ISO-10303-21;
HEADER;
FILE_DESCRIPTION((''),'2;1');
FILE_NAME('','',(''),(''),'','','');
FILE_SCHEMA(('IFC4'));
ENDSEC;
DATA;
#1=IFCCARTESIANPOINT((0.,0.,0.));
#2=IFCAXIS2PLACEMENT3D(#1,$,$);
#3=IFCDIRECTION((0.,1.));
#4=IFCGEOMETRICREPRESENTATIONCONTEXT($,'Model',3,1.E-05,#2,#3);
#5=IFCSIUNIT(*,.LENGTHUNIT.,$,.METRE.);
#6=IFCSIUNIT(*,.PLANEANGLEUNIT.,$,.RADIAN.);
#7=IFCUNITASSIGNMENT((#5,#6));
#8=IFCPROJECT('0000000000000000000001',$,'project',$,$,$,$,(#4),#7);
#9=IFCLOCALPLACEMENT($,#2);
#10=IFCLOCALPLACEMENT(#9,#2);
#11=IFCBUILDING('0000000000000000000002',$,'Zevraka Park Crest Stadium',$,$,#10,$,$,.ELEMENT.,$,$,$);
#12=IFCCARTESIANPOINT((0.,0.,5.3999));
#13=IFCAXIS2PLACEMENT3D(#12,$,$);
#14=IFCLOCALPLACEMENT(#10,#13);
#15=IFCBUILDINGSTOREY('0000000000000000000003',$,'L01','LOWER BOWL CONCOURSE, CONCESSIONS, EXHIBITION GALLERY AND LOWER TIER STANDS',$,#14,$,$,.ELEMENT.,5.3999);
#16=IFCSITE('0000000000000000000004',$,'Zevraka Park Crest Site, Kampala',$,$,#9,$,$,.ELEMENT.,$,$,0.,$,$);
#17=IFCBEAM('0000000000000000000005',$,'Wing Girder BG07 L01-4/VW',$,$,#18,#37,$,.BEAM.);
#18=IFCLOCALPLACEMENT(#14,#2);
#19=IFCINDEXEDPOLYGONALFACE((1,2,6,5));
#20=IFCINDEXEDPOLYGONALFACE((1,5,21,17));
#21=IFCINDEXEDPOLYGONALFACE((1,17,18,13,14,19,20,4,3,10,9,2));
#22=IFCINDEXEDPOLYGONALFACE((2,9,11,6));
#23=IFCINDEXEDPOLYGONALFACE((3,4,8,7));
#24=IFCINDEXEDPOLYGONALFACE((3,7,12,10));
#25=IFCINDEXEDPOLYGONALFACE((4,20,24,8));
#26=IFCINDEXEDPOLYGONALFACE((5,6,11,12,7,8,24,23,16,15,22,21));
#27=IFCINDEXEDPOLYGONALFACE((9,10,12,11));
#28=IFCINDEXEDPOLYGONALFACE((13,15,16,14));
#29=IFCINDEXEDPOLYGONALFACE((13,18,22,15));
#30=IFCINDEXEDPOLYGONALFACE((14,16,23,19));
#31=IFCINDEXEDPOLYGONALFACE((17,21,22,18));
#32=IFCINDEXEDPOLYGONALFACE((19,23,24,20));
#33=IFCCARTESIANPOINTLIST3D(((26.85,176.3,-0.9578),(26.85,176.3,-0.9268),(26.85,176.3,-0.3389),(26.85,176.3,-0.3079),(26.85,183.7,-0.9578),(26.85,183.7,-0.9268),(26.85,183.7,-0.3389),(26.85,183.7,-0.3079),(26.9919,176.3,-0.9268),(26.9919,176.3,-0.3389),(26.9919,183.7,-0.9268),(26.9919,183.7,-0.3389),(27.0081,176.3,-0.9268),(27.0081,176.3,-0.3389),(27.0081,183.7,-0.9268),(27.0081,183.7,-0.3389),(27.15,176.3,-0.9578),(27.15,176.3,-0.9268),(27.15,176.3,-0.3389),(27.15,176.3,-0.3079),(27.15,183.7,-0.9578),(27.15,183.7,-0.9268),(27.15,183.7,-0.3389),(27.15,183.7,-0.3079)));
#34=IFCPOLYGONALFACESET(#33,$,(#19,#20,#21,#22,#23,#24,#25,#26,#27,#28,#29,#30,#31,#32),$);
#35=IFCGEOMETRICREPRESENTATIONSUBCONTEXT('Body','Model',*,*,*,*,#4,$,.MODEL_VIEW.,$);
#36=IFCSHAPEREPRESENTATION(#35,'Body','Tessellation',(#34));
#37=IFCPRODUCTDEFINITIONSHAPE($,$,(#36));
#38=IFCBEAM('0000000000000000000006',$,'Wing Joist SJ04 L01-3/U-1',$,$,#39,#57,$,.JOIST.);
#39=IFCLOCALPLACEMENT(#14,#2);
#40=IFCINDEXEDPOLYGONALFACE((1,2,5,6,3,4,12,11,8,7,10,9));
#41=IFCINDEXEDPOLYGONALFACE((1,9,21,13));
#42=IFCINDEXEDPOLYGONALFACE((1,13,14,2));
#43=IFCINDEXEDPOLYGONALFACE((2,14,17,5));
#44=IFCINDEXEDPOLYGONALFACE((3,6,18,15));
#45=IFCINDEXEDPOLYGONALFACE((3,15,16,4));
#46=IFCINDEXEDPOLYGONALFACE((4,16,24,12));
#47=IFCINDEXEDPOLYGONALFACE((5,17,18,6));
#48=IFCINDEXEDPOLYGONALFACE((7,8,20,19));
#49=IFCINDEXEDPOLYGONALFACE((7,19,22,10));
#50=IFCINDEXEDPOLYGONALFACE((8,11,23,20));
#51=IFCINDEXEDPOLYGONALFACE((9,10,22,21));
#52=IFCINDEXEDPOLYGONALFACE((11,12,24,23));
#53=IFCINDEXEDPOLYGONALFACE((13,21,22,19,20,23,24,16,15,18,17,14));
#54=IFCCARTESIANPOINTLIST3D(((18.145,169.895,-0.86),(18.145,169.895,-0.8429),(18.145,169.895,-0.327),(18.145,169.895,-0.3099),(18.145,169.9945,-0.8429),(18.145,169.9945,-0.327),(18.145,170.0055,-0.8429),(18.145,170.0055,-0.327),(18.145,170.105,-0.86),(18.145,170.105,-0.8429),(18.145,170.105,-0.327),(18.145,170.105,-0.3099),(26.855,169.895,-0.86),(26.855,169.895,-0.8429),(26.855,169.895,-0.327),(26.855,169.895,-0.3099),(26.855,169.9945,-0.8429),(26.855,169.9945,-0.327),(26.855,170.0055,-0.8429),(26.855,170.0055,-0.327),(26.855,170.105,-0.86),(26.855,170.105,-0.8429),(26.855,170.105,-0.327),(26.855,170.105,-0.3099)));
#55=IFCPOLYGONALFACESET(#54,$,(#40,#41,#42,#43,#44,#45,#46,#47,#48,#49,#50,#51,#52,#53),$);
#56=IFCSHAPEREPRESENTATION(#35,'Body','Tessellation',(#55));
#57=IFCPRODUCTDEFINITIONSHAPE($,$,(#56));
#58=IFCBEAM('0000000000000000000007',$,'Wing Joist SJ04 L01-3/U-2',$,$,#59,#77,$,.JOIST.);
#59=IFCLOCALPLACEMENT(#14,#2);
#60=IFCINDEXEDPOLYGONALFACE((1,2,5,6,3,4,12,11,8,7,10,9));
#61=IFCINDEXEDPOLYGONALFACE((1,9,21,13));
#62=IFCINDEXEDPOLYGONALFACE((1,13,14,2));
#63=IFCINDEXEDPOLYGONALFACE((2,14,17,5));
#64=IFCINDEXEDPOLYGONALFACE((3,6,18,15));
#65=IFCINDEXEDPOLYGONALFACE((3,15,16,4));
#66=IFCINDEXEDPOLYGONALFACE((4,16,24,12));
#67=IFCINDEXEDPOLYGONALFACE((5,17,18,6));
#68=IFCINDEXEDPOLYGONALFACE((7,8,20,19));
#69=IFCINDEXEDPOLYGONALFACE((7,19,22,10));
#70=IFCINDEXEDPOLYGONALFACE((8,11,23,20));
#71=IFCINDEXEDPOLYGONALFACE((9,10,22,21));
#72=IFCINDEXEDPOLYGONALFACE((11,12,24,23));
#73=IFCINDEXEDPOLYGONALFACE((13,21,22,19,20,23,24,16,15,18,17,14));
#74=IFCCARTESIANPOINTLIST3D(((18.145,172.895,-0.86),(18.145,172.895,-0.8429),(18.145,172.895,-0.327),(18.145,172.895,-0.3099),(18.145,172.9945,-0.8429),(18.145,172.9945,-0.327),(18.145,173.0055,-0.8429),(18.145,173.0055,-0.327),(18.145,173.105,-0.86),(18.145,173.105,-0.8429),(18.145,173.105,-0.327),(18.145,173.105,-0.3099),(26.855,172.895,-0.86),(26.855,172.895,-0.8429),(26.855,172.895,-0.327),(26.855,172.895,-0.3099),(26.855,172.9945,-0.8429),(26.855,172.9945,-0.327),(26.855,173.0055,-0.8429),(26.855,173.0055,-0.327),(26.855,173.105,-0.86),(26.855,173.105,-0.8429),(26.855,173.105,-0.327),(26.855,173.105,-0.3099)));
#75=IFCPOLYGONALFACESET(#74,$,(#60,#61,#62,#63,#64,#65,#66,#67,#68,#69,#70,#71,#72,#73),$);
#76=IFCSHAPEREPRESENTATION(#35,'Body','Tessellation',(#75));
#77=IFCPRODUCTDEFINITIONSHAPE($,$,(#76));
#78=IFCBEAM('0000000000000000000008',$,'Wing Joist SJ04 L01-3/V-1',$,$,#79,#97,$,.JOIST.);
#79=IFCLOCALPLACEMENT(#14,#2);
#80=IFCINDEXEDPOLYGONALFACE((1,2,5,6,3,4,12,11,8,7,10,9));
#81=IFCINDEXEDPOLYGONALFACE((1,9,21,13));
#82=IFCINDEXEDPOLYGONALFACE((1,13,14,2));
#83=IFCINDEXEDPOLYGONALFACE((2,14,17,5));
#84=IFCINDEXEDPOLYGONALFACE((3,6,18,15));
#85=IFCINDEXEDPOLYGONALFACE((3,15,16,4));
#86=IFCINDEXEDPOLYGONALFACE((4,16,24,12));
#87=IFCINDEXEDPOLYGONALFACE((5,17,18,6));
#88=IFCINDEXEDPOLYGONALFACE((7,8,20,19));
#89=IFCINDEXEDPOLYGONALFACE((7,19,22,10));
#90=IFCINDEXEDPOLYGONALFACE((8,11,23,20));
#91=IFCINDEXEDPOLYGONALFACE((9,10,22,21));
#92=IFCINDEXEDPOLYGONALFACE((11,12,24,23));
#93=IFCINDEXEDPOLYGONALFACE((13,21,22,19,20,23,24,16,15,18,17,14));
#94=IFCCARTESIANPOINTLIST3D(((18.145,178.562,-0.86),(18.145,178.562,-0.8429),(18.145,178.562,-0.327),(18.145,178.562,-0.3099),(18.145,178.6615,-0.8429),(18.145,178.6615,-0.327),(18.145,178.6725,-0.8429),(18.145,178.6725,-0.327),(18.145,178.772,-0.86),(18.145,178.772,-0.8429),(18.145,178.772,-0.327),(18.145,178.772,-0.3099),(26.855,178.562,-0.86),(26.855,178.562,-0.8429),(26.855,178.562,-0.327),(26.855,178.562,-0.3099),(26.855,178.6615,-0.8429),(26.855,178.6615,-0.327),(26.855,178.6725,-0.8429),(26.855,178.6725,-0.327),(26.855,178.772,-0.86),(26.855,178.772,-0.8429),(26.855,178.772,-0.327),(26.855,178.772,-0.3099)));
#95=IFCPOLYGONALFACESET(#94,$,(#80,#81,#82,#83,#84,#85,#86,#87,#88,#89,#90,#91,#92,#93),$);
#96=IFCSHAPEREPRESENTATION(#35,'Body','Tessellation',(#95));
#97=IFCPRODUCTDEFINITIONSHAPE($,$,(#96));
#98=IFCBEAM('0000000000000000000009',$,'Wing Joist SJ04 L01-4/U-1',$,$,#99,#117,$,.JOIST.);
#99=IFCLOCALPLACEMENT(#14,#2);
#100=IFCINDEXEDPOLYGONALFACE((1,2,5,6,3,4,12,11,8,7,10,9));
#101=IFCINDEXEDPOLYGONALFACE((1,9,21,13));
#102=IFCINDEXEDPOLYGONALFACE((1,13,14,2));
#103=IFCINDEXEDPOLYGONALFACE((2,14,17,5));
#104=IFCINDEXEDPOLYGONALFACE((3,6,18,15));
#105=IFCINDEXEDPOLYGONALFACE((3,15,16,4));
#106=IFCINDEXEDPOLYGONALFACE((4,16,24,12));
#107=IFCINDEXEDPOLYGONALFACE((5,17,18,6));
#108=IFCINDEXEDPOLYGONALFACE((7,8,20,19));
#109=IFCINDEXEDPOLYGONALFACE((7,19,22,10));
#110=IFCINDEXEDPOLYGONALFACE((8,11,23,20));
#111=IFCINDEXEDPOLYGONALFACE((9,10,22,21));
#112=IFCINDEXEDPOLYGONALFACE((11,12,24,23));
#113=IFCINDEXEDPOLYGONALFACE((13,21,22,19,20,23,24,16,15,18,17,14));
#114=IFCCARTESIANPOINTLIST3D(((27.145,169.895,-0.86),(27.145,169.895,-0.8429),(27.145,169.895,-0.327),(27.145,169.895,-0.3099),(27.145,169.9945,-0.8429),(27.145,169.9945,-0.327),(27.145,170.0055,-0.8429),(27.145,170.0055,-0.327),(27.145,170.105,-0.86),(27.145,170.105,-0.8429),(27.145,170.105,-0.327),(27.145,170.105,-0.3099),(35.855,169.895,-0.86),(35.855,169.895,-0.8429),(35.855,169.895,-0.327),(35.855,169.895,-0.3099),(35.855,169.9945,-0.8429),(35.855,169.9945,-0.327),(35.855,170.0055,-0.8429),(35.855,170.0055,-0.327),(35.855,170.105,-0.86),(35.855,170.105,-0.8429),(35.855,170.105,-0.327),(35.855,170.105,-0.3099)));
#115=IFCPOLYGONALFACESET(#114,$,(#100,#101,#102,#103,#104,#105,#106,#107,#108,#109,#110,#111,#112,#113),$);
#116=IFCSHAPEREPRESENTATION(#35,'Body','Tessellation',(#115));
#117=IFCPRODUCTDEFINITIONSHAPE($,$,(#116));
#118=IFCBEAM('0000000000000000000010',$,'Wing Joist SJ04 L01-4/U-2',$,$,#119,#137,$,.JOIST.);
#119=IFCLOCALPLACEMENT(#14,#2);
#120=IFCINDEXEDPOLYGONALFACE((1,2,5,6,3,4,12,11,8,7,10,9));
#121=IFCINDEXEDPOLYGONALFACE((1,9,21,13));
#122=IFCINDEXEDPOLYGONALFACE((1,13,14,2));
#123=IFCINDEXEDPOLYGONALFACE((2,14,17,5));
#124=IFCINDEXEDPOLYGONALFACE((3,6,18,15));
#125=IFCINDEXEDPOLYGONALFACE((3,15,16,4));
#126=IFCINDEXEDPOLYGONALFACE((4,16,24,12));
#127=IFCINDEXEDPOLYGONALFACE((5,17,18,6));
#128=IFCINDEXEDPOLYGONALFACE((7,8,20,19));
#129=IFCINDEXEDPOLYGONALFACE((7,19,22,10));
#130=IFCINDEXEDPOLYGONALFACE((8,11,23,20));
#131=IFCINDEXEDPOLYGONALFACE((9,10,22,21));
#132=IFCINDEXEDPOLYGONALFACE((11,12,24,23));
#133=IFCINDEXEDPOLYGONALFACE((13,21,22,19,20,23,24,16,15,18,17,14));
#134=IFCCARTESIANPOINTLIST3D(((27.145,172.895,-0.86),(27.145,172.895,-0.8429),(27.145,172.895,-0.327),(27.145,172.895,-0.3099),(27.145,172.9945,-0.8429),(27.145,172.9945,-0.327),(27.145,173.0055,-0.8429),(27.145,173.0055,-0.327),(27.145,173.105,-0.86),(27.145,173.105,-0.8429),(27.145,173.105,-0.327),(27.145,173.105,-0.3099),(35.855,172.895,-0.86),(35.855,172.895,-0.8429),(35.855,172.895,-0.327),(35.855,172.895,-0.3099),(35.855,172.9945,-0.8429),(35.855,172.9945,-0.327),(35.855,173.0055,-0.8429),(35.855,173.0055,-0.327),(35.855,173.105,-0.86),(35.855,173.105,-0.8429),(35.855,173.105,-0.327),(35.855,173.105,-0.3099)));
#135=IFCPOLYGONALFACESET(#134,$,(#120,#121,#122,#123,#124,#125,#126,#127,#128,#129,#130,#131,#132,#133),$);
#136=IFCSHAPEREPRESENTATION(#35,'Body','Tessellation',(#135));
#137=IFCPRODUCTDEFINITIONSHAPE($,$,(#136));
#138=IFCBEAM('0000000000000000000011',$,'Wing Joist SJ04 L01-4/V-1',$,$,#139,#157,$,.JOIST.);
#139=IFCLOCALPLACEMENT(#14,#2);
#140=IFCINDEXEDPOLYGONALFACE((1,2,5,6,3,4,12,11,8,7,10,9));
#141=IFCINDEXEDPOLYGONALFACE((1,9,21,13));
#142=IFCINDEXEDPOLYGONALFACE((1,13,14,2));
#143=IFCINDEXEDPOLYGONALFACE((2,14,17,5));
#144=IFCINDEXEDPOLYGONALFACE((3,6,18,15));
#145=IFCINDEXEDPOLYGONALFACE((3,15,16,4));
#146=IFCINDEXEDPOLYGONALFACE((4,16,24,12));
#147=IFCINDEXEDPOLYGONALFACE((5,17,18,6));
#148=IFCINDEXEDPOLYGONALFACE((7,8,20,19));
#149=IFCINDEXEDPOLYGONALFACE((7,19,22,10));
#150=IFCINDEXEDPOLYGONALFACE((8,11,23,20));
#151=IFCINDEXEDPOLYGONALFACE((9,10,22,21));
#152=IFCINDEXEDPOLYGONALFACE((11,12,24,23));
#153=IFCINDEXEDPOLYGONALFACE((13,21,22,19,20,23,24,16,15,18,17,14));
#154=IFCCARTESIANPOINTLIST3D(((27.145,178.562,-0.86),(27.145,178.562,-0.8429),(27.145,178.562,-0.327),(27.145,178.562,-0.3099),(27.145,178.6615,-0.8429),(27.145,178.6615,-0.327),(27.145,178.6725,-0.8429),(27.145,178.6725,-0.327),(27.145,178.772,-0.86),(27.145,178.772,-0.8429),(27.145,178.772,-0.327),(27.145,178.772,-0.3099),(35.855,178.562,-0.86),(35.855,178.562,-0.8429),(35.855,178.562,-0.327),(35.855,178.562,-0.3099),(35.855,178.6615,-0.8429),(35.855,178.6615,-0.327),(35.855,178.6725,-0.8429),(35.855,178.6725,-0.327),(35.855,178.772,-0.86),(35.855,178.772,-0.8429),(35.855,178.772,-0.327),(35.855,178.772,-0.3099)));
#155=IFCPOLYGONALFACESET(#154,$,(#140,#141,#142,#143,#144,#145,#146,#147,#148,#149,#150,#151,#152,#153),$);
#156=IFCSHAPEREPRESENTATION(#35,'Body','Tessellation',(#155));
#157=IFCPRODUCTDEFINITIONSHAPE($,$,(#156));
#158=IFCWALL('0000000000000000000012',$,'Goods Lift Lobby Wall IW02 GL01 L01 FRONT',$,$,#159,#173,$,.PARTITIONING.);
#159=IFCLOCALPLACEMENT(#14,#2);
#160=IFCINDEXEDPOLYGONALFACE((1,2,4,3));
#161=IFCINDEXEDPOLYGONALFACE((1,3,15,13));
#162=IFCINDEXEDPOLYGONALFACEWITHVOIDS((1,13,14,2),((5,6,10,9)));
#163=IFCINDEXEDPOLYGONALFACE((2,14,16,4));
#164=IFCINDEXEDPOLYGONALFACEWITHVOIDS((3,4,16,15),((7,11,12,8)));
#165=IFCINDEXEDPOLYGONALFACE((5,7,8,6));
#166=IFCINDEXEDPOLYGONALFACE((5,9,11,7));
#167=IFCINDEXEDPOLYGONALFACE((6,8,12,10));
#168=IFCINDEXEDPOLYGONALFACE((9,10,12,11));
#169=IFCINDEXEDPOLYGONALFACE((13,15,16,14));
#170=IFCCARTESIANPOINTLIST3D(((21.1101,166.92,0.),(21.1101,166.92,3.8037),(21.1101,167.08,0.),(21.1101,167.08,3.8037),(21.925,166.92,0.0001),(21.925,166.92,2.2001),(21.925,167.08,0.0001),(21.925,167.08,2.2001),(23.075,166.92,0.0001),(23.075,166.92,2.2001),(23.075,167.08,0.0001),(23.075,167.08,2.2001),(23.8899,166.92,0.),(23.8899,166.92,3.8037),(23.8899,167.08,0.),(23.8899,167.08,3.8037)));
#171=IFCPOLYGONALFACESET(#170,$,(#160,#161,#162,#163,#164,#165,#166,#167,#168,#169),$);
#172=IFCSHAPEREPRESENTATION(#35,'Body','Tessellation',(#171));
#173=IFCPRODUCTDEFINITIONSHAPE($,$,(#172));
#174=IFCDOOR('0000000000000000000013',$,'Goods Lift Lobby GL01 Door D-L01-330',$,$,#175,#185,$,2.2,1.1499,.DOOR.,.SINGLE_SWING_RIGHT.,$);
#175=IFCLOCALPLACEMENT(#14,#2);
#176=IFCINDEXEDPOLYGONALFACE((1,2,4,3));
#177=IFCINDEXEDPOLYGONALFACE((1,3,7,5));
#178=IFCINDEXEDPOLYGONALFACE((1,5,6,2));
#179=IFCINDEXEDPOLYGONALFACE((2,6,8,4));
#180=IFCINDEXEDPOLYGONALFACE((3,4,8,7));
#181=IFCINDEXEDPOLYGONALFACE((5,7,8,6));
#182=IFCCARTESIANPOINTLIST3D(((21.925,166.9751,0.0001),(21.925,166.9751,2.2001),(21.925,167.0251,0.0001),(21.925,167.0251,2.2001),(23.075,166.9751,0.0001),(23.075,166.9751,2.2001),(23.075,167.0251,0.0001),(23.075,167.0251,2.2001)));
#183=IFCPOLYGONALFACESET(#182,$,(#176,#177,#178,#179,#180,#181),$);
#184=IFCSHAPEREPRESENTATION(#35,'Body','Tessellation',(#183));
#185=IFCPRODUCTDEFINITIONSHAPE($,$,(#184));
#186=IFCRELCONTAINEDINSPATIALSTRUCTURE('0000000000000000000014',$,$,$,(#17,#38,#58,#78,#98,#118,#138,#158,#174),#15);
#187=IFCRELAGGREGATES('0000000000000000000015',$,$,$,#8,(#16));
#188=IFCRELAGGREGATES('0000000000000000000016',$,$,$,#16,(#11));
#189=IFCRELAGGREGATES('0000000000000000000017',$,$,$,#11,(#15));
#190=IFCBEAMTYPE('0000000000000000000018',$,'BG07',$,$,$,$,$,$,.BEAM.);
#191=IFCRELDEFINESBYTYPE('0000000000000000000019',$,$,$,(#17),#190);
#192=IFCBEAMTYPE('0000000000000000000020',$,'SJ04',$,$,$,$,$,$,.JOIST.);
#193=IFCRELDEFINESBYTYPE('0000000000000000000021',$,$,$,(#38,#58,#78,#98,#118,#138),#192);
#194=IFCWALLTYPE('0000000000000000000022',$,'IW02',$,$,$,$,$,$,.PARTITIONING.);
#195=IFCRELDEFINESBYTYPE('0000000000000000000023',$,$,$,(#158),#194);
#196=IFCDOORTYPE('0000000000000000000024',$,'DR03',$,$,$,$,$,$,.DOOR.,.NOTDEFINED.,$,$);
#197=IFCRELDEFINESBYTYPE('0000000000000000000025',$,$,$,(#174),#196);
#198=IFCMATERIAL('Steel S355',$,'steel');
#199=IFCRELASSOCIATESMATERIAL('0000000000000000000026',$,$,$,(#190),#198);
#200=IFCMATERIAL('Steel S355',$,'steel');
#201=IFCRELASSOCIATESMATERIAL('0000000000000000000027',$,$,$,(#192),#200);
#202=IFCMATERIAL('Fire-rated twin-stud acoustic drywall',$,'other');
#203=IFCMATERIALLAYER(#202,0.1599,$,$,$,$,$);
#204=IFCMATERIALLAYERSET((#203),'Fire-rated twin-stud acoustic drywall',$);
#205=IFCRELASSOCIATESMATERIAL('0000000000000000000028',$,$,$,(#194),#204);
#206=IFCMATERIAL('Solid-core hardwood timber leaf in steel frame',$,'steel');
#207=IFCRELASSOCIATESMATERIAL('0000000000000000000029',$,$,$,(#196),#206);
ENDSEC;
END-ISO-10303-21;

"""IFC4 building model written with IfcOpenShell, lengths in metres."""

from ifc_helpers import new_model, si_unit, direction, frame, frame_2d, origin, origin_2d, place, context, subcontext, project, spatial, rectangle, i_section, extrude, material, layer, layer_set, material_profile, profile_set, type_object, element, fill, save


model = new_model("IFC4")

# Units and contexts
model_context = context("Model", 3, precision=1e-05, world=origin(), true_north=direction((0.0, 1.0)))
body_context = subcontext(model_context, "Body", "Model", "MODEL_VIEW")
ifc_project = project(units=[si_unit("LENGTHUNIT", "METRE"), si_unit("PLANEANGLEUNIT", "RADIAN")], contexts=[model_context])

# Site, building, storey
site_placement = place(None, origin())
site = spatial("IfcSite", under=ifc_project, at=site_placement, Name="Zevraka Park Crest Site, Kampala", CompositionType="ELEMENT", RefElevation=0.0)
building_placement = place(site_placement, origin())
building = spatial("IfcBuilding", under=site, at=building_placement, Name="Zevraka Park Crest Stadium", CompositionType="ELEMENT")
storey_placement = place(building_placement, frame((0.0, 0.0, 5.3999)))
storey = spatial("IfcBuildingStorey", under=building, at=storey_placement, Name="L01", Description="LOWER BOWL CONCOURSE, CONCESSIONS, EXHIBITION GALLERY AND LOWER TIER STANDS", CompositionType="ELEMENT", Elevation=5.3999)

# Beams
ifc_material_1 = material(Name="Steel S355", Category="steel")
ifc_material_profile_1 = material_profile(ifc_material_1, i_section(OverallWidth=0.3, OverallDepth=0.6499, WebThickness=0.0161, FlangeThickness=0.031, at=origin_2d()), Name="HEB 650")
ifc_profile_set_1 = profile_set([ifc_material_profile_1], Name="Steel S355")
beam_type_1 = type_object("IfcBeamType", Name="BG07", PredefinedType="BEAM", material=ifc_profile_set_1)
beam_1_placement = place(storey_placement, frame((27.0, 176.3, -0.6328), z_axis=(0.0, 1.0, 0.0), x_axis=(-1.0, 0.0, 0.0)))
element("IfcBeam", 1, at=beam_1_placement, inside=storey, type_object=beam_type_1, Name="Wing Girder BG07 L01-4/VW", PredefinedType="BEAM", context=body_context, shape_type="SweptSolid", body=[
    extrude(i_section(OverallWidth=0.3, OverallDepth=0.6499, WebThickness=0.0161, FlangeThickness=0.031, at=origin_2d()), origin(), (0.0, 0.0, 1.0), 7.3999),
])
ifc_material_2 = material(Name="Steel S355", Category="steel")
ifc_material_profile_2 = material_profile(ifc_material_2, i_section(OverallWidth=0.21, OverallDepth=0.55, WebThickness=0.011, FlangeThickness=0.0171, at=origin_2d()), Name="IPE 550")
ifc_profile_set_2 = profile_set([ifc_material_profile_2], Name="Steel S355")
beam_type_2 = type_object("IfcBeamType", Name="SJ04", PredefinedType="JOIST", material=ifc_profile_set_2)
for number, where, z_axis, x_axis, name in (
    (2, (18.145, 170.0, -0.585), (1.0, 0.0, 0.0), (0.0, 1.0, 0.0), "Wing Joist SJ04 L01-3/U-1"),
    (3, (18.145, 173.0, -0.585), (1.0, 0.0, 0.0), (0.0, 1.0, 0.0), "Wing Joist SJ04 L01-3/U-2"),
    (4, (18.145, 178.667, -0.585), (1.0, 0.0, 0.0), (0.0, 1.0, 0.0), "Wing Joist SJ04 L01-3/V-1"),
    (5, (27.145, 170.0, -0.585), (1.0, 0.0, 0.0), (0.0, 1.0, 0.0), "Wing Joist SJ04 L01-4/U-1"),
    (6, (27.145, 173.0, -0.585), (1.0, 0.0, 0.0), (0.0, 1.0, 0.0), "Wing Joist SJ04 L01-4/U-2"),
    (7, (27.145, 178.667, -0.585), (1.0, 0.0, 0.0), (0.0, 1.0, 0.0), "Wing Joist SJ04 L01-4/V-1"),
):
    element("IfcBeam", number, at=place(storey_placement, frame(where, z_axis=z_axis, x_axis=x_axis)), inside=storey, type_object=beam_type_2, Name=name, PredefinedType="JOIST", context=body_context, shape_type="SweptSolid", body=[
        extrude(i_section(OverallWidth=0.21, OverallDepth=0.55, WebThickness=0.011, FlangeThickness=0.0171, at=origin_2d()), origin(), (0.0, 0.0, 1.0), 8.71),
    ])

# Wall, opening, door
ifc_material_3 = material(Name="Fire-rated twin-stud acoustic drywall", Category="other")
ifc_layer_1 = layer(ifc_material_3, 0.1599)
ifc_layer_set_1 = layer_set([ifc_layer_1], Name="Fire-rated twin-stud acoustic drywall")
wall_type_1 = type_object("IfcWallType", Name="IW02", PredefinedType="PARTITIONING", material=ifc_layer_set_1)
wall_1_placement = place(storey_placement, frame((23.8899, 167.0, 0.0), z_axis=(0.0, 0.0, 1.0), x_axis=(-1.0, 0.0, 0.0)))
wall_1 = element("IfcWall", 8, at=wall_1_placement, inside=storey, type_object=wall_type_1, Name="Goods Lift Lobby Wall IW02 GL01 L01 FRONT", PredefinedType="PARTITIONING", context=body_context, shape_type="SweptSolid", body=[
    extrude(rectangle(XDim=2.7798, YDim=0.1599, at=frame_2d((1.3899, 0.0))), origin(), (0.0, 0.0, 1.0), 3.8037),
])
opening_1_placement = place(wall_1_placement, frame((0.8149, 0.0, 0.0)))
opening_1 = element("IfcOpeningElement", 9, at=opening_1_placement, cuts=wall_1, PredefinedType="OPENING", context=body_context, shape_type="SweptSolid", body=[
    extrude(rectangle(XDim=1.1499, YDim=2.2, at=frame_2d((0.575, 1.1001))), frame((0.0, 0.0898, 0.0), z_axis=(0.0, -1.0, 0.0), x_axis=(1.0, 0.0, 0.0)), (0.0, 0.0, 1.0), 0.1799),
])
ifc_material_4 = material(Name="Solid-core hardwood timber leaf in steel frame", Category="steel")
door_type_1 = type_object("IfcDoorType", Name="DR03", OperationType="NOTDEFINED", PredefinedType="DOOR", material=ifc_material_4)
door_1_placement = place(opening_1_placement, origin())
door_1 = element("IfcDoor", 10, at=door_1_placement, inside=storey, type_object=door_type_1, Name="Goods Lift Lobby GL01 Door D-L01-330", OperationType="SINGLE_SWING_RIGHT", OverallHeight=2.2, OverallWidth=1.1499, PredefinedType="DOOR", context=body_context, shape_type="SweptSolid", body=[
    extrude(rectangle(XDim=1.1499, YDim=2.2, at=frame_2d((0.575, 1.1001))), frame((0.0, 0.0249, 0.0), z_axis=(0.0, -1.0, 0.0), x_axis=(1.0, 0.0, 0.0)), (0.0, 0.0, 1.0), 0.05),
])
fill(opening_1, door_1)

save(model, "model.ifc")
